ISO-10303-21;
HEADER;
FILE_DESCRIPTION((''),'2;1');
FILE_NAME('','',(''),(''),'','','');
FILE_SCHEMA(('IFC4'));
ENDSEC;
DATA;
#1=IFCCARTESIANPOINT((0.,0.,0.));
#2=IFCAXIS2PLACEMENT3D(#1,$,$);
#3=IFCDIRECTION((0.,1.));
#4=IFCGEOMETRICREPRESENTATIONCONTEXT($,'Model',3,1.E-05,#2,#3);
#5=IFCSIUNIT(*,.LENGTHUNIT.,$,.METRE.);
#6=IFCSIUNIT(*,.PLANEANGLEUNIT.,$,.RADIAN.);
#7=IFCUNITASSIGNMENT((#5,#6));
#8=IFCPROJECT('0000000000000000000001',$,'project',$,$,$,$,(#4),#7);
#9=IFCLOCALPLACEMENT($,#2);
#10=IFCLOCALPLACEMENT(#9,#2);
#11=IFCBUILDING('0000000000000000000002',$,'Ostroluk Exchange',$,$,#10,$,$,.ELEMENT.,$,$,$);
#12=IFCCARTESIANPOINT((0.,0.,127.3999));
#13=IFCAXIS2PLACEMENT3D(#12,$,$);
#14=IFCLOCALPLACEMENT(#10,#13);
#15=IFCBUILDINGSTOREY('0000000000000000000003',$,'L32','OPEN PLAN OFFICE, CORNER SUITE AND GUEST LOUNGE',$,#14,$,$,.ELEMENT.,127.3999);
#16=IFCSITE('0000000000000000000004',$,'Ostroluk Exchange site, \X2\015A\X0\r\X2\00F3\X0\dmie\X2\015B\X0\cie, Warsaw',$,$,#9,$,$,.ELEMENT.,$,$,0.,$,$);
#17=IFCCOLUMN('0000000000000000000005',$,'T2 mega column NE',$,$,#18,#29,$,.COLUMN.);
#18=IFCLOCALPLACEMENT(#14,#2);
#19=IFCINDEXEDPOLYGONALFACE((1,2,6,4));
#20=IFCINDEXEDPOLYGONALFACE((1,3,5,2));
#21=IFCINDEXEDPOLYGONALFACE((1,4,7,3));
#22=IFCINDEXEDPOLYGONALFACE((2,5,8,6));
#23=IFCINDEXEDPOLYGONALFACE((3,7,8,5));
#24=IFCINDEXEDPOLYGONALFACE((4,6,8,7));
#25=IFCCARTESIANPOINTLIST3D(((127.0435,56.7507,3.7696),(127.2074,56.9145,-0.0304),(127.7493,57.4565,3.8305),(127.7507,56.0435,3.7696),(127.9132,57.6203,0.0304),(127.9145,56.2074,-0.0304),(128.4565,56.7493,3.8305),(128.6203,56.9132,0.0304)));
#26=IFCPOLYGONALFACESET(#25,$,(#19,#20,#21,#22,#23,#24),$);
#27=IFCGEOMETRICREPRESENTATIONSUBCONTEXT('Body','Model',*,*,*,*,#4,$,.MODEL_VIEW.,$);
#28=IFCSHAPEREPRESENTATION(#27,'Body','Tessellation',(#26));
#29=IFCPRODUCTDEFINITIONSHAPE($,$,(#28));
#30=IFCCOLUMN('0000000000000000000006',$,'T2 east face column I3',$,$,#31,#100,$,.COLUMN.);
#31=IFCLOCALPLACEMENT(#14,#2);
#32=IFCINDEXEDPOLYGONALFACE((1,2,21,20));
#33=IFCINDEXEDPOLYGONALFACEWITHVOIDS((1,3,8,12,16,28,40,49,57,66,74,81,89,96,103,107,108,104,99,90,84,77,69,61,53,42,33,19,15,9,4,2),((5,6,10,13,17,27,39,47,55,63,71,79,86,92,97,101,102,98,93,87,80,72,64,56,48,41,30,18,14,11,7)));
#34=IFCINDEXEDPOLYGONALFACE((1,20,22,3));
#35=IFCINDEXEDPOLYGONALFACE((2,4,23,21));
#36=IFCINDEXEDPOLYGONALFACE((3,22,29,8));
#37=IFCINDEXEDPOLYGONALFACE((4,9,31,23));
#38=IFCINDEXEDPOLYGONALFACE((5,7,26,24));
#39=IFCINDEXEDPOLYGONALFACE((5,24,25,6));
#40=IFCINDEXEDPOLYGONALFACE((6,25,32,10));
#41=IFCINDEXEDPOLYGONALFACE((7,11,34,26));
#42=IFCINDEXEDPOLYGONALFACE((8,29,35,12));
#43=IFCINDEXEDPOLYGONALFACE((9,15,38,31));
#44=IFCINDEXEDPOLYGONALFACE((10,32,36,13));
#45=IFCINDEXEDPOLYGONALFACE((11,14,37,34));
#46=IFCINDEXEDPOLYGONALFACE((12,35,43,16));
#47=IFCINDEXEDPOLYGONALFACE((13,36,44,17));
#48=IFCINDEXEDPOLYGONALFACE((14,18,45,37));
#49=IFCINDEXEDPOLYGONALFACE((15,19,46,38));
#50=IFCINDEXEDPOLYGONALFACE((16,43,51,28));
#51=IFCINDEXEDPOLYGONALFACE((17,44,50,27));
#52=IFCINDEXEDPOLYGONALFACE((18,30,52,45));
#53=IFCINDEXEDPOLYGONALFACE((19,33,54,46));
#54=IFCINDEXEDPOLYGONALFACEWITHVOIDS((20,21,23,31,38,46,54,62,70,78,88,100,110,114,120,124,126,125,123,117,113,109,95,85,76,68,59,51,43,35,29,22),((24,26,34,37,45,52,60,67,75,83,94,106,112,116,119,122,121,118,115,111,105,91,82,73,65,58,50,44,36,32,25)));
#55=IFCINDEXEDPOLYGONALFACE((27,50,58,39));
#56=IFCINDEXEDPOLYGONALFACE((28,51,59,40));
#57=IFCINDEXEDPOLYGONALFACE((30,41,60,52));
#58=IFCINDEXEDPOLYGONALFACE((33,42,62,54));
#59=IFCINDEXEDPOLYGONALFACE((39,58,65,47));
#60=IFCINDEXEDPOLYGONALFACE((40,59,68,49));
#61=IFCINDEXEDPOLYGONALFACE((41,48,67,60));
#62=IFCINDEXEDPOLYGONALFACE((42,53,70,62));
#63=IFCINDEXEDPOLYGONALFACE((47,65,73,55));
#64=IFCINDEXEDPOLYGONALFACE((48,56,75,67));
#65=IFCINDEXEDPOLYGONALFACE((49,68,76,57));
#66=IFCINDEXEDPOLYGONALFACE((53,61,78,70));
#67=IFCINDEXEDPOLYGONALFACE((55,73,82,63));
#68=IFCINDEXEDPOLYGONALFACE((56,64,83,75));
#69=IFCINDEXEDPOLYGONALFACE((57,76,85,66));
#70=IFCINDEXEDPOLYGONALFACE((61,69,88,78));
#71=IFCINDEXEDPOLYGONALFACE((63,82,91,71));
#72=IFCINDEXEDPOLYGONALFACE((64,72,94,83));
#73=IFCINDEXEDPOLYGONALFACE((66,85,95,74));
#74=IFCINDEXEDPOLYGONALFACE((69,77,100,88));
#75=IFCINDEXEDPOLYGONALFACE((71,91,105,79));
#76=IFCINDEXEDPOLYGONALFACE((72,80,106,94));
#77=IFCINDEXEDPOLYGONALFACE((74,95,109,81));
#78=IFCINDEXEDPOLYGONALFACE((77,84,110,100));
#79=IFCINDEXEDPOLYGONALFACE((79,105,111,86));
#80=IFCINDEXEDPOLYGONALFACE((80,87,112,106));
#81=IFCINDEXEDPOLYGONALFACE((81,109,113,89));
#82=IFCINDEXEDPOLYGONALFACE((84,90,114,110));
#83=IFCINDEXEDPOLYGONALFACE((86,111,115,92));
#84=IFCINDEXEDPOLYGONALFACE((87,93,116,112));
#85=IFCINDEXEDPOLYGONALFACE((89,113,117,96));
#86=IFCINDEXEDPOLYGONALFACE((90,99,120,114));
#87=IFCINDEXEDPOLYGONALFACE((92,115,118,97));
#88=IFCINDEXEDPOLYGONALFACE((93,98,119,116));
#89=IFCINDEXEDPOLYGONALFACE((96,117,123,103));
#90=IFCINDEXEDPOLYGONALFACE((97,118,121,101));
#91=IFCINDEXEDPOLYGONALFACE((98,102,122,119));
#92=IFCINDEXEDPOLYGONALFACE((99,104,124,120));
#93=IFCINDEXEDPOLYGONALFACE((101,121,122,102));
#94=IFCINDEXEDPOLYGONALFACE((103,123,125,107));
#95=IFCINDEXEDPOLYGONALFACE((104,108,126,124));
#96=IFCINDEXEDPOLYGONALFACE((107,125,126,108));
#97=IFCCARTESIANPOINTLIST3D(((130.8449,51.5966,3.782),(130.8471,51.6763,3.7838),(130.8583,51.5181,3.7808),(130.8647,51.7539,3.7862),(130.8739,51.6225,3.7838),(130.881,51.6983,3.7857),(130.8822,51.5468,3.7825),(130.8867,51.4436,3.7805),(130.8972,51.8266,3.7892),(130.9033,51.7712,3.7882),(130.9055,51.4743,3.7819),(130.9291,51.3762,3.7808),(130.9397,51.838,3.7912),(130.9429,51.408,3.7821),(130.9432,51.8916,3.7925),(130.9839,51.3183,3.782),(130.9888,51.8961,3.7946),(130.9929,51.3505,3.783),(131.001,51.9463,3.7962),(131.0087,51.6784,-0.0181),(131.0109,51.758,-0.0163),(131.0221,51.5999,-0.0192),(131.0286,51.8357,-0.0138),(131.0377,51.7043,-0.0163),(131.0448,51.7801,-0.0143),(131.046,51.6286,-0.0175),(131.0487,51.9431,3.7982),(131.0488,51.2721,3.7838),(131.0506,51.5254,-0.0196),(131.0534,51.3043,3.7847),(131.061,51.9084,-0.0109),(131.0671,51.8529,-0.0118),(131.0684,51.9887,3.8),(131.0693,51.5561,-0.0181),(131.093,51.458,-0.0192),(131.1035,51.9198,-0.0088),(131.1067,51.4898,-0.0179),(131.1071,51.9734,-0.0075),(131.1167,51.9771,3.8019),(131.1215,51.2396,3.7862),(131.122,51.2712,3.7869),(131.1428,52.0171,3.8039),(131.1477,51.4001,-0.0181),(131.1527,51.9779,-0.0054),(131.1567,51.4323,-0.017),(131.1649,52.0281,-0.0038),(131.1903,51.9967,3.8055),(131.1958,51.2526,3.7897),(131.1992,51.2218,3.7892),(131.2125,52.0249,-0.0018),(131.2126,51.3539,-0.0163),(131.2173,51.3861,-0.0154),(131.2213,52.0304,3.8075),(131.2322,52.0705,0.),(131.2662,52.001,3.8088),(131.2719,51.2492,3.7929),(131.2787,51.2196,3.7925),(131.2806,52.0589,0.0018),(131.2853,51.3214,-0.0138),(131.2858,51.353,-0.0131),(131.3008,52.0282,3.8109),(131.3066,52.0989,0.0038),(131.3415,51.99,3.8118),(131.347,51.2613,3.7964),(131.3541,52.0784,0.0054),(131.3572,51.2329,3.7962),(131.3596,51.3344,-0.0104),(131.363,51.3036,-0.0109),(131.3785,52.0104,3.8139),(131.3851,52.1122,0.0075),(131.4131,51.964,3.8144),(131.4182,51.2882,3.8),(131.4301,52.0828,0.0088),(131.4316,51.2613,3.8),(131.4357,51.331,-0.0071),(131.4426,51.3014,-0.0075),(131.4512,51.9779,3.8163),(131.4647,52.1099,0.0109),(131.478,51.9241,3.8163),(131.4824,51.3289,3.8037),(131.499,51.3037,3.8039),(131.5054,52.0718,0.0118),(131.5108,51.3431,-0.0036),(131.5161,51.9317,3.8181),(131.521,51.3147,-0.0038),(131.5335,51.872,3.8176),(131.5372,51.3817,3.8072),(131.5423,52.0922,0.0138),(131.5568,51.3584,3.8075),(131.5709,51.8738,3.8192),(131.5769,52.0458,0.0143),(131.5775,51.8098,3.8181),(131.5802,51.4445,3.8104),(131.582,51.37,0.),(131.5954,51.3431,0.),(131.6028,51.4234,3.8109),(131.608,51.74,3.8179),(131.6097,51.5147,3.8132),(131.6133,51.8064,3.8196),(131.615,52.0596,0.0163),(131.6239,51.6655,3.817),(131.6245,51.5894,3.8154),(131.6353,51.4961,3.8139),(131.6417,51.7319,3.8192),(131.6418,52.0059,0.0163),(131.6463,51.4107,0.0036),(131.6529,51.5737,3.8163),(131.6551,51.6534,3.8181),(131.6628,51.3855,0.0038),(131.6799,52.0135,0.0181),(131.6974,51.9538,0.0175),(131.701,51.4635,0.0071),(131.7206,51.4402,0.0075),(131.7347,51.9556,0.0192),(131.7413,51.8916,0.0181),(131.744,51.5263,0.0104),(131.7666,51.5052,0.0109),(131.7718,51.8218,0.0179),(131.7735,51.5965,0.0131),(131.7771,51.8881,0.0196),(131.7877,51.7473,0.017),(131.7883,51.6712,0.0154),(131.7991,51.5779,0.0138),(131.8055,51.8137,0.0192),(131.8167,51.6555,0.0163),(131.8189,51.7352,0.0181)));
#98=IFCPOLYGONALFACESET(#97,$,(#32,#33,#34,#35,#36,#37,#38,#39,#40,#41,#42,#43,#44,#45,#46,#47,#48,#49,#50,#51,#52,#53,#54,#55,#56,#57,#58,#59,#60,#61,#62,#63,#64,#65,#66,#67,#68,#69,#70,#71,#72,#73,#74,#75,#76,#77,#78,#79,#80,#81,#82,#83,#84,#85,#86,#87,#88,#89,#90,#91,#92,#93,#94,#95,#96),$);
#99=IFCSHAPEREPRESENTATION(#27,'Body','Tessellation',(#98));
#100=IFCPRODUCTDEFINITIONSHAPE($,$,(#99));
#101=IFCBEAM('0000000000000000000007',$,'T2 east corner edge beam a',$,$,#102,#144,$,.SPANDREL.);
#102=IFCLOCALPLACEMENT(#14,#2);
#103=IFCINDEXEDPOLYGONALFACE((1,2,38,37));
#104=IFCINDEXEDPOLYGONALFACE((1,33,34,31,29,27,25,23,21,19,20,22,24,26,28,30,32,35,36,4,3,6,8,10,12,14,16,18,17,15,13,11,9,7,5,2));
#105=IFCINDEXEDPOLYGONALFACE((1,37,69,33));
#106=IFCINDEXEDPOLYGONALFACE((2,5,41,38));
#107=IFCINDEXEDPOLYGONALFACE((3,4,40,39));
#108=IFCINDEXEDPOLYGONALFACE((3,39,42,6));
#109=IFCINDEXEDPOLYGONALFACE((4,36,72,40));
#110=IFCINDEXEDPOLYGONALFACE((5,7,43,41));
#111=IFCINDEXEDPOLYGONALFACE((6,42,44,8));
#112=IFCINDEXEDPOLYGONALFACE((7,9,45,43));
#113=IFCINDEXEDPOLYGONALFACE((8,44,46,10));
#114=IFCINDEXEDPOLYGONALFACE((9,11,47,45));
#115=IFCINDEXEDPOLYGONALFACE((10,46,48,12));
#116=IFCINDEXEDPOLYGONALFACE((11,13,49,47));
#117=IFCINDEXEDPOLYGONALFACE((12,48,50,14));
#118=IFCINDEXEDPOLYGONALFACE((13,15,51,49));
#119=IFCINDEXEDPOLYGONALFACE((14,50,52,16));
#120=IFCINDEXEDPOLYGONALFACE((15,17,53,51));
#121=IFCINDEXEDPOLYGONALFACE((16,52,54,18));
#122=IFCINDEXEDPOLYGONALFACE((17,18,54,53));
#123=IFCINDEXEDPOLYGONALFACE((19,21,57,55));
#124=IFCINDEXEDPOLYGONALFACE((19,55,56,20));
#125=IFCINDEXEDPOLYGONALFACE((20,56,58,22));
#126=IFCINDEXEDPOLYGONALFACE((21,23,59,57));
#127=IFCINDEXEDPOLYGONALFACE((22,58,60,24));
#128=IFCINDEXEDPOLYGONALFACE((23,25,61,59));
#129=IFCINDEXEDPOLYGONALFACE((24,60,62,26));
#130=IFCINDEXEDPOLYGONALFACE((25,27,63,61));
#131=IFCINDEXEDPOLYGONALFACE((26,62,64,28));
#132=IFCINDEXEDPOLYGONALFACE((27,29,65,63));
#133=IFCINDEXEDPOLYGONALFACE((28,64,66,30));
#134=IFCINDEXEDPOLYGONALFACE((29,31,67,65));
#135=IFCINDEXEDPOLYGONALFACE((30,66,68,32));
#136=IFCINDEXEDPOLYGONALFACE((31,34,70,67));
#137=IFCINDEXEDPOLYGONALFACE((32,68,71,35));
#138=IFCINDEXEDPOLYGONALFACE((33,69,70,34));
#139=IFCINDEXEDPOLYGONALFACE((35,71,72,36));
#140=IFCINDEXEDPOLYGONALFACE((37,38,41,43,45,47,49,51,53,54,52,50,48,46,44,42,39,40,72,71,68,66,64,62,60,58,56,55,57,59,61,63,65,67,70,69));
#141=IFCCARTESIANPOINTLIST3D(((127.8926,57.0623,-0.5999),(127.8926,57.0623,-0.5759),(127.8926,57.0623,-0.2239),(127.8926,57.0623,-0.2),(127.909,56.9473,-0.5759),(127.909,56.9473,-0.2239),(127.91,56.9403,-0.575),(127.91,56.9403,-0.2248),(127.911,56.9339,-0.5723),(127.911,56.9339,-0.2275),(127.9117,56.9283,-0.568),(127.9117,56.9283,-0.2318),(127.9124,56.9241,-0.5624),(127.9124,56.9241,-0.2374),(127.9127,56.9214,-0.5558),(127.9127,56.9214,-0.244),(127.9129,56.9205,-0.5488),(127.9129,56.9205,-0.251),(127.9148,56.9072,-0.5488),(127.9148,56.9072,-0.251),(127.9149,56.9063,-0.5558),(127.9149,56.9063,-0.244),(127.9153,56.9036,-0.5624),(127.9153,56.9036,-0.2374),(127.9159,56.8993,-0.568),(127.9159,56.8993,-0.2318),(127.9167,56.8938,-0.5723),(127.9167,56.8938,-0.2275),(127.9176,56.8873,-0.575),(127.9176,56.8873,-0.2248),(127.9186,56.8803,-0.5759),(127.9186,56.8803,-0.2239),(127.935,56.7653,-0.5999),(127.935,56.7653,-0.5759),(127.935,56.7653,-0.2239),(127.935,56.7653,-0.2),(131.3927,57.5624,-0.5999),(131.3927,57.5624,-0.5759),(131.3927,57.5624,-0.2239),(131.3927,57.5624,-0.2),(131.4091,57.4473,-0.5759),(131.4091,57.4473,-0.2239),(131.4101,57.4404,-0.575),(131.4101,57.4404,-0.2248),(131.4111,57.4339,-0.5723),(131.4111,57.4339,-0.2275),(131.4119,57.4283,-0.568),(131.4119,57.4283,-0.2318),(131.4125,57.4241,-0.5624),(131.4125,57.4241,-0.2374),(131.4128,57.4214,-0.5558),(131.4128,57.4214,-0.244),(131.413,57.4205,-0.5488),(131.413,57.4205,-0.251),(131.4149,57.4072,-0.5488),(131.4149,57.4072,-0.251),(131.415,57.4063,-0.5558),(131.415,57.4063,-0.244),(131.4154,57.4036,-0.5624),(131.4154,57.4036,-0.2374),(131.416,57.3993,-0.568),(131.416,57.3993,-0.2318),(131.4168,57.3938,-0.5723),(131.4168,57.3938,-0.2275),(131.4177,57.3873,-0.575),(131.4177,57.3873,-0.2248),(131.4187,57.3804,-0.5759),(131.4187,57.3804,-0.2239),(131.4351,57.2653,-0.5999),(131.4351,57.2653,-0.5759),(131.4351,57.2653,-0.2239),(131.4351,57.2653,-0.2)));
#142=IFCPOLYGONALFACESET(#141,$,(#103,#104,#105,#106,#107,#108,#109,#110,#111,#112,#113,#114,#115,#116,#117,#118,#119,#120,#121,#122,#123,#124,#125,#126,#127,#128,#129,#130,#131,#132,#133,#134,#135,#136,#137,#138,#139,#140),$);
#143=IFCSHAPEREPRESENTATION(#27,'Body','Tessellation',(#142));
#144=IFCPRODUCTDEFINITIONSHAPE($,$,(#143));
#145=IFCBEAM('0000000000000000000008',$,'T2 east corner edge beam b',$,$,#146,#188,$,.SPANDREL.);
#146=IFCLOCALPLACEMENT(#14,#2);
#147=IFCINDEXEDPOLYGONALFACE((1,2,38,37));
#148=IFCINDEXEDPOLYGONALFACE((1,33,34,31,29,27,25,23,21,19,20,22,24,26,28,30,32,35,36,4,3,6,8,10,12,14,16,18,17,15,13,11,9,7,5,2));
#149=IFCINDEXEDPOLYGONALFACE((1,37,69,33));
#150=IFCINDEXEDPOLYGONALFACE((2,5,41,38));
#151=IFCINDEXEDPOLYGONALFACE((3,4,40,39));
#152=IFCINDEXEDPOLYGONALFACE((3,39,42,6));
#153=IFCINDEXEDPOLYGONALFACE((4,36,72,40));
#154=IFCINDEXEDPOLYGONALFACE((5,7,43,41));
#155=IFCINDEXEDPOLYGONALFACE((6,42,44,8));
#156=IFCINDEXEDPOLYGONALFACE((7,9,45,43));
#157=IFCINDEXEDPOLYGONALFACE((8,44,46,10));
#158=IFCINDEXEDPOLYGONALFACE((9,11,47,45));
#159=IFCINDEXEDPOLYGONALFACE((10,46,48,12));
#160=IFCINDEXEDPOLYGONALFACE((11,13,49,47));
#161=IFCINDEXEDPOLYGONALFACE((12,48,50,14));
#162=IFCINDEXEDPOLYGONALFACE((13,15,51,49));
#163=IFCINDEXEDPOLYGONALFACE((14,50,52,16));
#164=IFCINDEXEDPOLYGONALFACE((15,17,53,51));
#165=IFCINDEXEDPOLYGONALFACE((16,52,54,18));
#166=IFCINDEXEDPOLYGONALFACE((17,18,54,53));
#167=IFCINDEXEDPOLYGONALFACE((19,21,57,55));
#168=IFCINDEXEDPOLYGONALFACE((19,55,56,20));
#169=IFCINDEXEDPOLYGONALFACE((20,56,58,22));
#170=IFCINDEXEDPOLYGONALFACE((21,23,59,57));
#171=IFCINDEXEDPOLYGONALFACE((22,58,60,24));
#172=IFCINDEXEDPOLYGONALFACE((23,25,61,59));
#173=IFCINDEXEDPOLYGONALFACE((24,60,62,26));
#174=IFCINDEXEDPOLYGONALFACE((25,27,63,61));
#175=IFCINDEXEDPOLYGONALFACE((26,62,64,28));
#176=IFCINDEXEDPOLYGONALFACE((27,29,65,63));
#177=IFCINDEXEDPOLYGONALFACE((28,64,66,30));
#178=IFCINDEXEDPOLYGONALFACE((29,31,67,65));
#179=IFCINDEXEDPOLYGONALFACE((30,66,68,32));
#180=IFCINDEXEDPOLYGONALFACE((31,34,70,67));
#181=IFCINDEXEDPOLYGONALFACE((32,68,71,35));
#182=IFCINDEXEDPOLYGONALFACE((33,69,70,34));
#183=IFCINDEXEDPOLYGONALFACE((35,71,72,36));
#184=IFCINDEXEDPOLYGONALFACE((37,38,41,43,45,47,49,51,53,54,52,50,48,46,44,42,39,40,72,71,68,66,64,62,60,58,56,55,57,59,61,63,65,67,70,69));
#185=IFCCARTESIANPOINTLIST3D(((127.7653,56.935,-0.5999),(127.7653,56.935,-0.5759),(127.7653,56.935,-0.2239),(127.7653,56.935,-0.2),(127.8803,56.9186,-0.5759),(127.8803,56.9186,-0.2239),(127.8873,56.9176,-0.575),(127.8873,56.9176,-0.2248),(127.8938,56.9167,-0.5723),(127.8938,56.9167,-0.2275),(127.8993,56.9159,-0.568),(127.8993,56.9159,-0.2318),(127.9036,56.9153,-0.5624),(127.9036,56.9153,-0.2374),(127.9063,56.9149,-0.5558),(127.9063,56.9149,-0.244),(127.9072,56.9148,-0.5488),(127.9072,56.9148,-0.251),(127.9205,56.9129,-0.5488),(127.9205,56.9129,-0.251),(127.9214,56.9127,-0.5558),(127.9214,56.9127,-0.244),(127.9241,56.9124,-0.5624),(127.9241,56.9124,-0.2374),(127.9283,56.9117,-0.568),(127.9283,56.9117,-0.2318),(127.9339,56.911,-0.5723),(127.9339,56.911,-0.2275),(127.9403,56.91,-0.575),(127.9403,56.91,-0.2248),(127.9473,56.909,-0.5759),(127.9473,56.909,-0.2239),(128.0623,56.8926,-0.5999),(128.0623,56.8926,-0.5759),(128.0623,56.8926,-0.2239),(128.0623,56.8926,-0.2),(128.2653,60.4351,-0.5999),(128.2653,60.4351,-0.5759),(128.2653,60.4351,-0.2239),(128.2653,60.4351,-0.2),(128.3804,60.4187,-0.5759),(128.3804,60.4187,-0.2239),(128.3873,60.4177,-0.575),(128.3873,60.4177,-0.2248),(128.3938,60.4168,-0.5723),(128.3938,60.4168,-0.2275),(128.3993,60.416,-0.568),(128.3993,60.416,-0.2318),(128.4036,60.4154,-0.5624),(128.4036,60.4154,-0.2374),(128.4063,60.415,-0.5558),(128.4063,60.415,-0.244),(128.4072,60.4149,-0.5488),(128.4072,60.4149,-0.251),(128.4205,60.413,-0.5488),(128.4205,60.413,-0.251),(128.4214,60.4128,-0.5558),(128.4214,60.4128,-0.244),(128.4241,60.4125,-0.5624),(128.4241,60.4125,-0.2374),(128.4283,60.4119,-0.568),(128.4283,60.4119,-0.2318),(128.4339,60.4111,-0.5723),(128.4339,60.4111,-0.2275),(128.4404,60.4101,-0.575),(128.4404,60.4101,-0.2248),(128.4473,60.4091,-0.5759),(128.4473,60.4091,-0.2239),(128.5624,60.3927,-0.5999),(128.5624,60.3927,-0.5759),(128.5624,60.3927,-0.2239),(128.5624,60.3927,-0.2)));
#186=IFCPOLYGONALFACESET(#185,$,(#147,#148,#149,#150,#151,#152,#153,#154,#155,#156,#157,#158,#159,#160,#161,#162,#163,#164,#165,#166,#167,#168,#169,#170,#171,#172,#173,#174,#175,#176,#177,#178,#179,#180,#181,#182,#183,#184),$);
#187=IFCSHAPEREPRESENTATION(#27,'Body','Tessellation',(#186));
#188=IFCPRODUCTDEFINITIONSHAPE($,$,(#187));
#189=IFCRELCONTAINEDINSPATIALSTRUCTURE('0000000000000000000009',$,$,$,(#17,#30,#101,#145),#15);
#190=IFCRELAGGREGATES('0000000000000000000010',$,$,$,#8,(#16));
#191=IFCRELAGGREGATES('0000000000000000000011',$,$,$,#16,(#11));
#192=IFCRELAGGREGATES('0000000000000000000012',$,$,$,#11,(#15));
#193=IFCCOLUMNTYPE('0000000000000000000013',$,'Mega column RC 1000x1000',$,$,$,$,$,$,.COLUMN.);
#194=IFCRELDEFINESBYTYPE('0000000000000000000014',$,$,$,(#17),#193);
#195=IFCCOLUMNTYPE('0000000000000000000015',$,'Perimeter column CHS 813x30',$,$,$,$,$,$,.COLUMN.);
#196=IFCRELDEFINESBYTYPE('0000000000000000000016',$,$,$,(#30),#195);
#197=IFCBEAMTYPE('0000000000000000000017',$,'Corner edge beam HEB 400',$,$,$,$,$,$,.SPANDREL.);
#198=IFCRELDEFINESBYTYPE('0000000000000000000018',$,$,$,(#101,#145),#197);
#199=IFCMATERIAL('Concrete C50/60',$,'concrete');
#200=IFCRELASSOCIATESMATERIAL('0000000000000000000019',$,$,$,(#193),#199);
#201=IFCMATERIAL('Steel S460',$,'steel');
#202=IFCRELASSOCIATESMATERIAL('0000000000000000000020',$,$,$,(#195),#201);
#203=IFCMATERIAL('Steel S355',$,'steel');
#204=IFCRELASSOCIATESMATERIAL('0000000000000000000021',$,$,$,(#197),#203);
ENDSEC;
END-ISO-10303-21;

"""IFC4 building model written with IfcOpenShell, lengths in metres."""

from ifc_helpers import new_model, si_unit, direction, frame, origin, origin_2d, place, context, subcontext, project, spatial, rectangle, hollow_circle, i_section, extrude, material, material_profile, profile_set, type_object, element, save


model = new_model("IFC4")

# Units and contexts
model_context = context("Model", 3, precision=1e-05, world=origin(), true_north=direction((0.0, 1.0)))
body_context = subcontext(model_context, "Body", "Model", "MODEL_VIEW")
ifc_project = project(units=[si_unit("LENGTHUNIT", "METRE"), si_unit("PLANEANGLEUNIT", "RADIAN")], contexts=[model_context])

# Site, building, storey
site_placement = place(None, origin())
site = spatial("IfcSite", under=ifc_project, at=site_placement, Name="Ostroluk Exchange site, Śródmieście, Warsaw", CompositionType="ELEMENT", RefElevation=0.0)
building_placement = place(site_placement, origin())
building = spatial("IfcBuilding", under=site, at=building_placement, Name="Ostroluk Exchange", CompositionType="ELEMENT")
storey_placement = place(building_placement, frame((0.0, 0.0, 127.3999)))
storey = spatial("IfcBuildingStorey", under=building, at=storey_placement, Name="L32", Description="OPEN PLAN OFFICE, CORNER SUITE AND GUEST LOUNGE", CompositionType="ELEMENT", Elevation=127.3999)

# Columns
ifc_material_1 = material(Name="Concrete C50/60", Category="concrete")
ifc_material_profile_1 = material_profile(ifc_material_1, rectangle(XDim=1.0, YDim=1.0, at=origin_2d()), Name="RC 1000x1000")
ifc_profile_set_1 = profile_set([ifc_material_profile_1], Name="Concrete C50/60")
column_type_1 = type_object("IfcColumnType", Name="Mega column RC 1000x1000", PredefinedType="COLUMN", material=ifc_profile_set_1)
column_1_placement = place(storey_placement, frame((127.9138, 56.9138, 0.0), z_axis=(-0.04303, -0.04303, 0.998147), x_axis=(0.707107, -0.707107, 0.0)))
element("IfcColumn", 1, at=column_1_placement, inside=storey, type_object=column_type_1, Name="T2 mega column NE", PredefinedType="COLUMN", context=body_context, shape_type="SweptSolid", body=[
    extrude(rectangle(XDim=1.0, YDim=1.0, at=origin_2d()), origin(), (0.0, 0.0, 1.0), 3.8071),
])
ifc_material_2 = material(Name="Steel S460", Category="steel")
ifc_material_profile_2 = material_profile(ifc_material_2, hollow_circle(Radius=0.4065, WallThickness=0.03, at=origin_2d()), Name="CHS 813x30")
ifc_profile_set_2 = profile_set([ifc_material_profile_2], Name="Steel S460")
column_type_2 = type_object("IfcColumnType", Name="Perimeter column CHS 813x30", PredefinedType="COLUMN", material=ifc_profile_set_2)
column_2_placement = place(storey_placement, frame((131.4138, 51.7068, 0.0), z_axis=(-0.04306, -0.021498, 0.998841), x_axis=(0.44668, -0.894694, 0.0)))
element("IfcColumn", 2, at=column_2_placement, inside=storey, type_object=column_type_2, Name="T2 east face column I3", PredefinedType="COLUMN", context=body_context, shape_type="SweptSolid", body=[
    extrude(hollow_circle(Radius=0.4065, WallThickness=0.03, at=origin_2d()), origin(), (0.0, 0.0, 1.0), 3.8044),
])

# Beams
ifc_material_3 = material(Name="Steel S355", Category="steel")
ifc_material_profile_3 = material_profile(ifc_material_3, i_section(OverallWidth=0.3, OverallDepth=0.3999, WebThickness=0.0134, FlangeThickness=0.0239, FilletRadius=0.0271, at=origin_2d()), Name="HEB 400")
ifc_profile_set_3 = profile_set([ifc_material_profile_3], Name="Steel S355")
beam_type_1 = type_object("IfcBeamType", Name="Corner edge beam HEB 400", PredefinedType="SPANDREL", material=ifc_profile_set_3)
for number, where, z_axis, x_axis, name in (
    (3, (127.9138, 56.9138, -0.3999), (0.989949, 0.141421, 0.0), (-0.141421, 0.989949, 0.0), "T2 east corner edge beam a"),
    (4, (127.9138, 56.9138, -0.3999), (0.141421, 0.989949, 0.0), (-0.989949, 0.141421, 0.0), "T2 east corner edge beam b"),
):
    element("IfcBeam", number, at=place(storey_placement, frame(where, z_axis=z_axis, x_axis=x_axis)), inside=storey, type_object=beam_type_1, Name=name, PredefinedType="SPANDREL", context=body_context, shape_type="SweptSolid", body=[
        extrude(i_section(OverallWidth=0.3, OverallDepth=0.3999, WebThickness=0.0134, FlangeThickness=0.0239, FilletRadius=0.0271, at=origin_2d()), origin(), (0.0, 0.0, 1.0), 3.5356),
    ])

save(model, "model.ifc")
